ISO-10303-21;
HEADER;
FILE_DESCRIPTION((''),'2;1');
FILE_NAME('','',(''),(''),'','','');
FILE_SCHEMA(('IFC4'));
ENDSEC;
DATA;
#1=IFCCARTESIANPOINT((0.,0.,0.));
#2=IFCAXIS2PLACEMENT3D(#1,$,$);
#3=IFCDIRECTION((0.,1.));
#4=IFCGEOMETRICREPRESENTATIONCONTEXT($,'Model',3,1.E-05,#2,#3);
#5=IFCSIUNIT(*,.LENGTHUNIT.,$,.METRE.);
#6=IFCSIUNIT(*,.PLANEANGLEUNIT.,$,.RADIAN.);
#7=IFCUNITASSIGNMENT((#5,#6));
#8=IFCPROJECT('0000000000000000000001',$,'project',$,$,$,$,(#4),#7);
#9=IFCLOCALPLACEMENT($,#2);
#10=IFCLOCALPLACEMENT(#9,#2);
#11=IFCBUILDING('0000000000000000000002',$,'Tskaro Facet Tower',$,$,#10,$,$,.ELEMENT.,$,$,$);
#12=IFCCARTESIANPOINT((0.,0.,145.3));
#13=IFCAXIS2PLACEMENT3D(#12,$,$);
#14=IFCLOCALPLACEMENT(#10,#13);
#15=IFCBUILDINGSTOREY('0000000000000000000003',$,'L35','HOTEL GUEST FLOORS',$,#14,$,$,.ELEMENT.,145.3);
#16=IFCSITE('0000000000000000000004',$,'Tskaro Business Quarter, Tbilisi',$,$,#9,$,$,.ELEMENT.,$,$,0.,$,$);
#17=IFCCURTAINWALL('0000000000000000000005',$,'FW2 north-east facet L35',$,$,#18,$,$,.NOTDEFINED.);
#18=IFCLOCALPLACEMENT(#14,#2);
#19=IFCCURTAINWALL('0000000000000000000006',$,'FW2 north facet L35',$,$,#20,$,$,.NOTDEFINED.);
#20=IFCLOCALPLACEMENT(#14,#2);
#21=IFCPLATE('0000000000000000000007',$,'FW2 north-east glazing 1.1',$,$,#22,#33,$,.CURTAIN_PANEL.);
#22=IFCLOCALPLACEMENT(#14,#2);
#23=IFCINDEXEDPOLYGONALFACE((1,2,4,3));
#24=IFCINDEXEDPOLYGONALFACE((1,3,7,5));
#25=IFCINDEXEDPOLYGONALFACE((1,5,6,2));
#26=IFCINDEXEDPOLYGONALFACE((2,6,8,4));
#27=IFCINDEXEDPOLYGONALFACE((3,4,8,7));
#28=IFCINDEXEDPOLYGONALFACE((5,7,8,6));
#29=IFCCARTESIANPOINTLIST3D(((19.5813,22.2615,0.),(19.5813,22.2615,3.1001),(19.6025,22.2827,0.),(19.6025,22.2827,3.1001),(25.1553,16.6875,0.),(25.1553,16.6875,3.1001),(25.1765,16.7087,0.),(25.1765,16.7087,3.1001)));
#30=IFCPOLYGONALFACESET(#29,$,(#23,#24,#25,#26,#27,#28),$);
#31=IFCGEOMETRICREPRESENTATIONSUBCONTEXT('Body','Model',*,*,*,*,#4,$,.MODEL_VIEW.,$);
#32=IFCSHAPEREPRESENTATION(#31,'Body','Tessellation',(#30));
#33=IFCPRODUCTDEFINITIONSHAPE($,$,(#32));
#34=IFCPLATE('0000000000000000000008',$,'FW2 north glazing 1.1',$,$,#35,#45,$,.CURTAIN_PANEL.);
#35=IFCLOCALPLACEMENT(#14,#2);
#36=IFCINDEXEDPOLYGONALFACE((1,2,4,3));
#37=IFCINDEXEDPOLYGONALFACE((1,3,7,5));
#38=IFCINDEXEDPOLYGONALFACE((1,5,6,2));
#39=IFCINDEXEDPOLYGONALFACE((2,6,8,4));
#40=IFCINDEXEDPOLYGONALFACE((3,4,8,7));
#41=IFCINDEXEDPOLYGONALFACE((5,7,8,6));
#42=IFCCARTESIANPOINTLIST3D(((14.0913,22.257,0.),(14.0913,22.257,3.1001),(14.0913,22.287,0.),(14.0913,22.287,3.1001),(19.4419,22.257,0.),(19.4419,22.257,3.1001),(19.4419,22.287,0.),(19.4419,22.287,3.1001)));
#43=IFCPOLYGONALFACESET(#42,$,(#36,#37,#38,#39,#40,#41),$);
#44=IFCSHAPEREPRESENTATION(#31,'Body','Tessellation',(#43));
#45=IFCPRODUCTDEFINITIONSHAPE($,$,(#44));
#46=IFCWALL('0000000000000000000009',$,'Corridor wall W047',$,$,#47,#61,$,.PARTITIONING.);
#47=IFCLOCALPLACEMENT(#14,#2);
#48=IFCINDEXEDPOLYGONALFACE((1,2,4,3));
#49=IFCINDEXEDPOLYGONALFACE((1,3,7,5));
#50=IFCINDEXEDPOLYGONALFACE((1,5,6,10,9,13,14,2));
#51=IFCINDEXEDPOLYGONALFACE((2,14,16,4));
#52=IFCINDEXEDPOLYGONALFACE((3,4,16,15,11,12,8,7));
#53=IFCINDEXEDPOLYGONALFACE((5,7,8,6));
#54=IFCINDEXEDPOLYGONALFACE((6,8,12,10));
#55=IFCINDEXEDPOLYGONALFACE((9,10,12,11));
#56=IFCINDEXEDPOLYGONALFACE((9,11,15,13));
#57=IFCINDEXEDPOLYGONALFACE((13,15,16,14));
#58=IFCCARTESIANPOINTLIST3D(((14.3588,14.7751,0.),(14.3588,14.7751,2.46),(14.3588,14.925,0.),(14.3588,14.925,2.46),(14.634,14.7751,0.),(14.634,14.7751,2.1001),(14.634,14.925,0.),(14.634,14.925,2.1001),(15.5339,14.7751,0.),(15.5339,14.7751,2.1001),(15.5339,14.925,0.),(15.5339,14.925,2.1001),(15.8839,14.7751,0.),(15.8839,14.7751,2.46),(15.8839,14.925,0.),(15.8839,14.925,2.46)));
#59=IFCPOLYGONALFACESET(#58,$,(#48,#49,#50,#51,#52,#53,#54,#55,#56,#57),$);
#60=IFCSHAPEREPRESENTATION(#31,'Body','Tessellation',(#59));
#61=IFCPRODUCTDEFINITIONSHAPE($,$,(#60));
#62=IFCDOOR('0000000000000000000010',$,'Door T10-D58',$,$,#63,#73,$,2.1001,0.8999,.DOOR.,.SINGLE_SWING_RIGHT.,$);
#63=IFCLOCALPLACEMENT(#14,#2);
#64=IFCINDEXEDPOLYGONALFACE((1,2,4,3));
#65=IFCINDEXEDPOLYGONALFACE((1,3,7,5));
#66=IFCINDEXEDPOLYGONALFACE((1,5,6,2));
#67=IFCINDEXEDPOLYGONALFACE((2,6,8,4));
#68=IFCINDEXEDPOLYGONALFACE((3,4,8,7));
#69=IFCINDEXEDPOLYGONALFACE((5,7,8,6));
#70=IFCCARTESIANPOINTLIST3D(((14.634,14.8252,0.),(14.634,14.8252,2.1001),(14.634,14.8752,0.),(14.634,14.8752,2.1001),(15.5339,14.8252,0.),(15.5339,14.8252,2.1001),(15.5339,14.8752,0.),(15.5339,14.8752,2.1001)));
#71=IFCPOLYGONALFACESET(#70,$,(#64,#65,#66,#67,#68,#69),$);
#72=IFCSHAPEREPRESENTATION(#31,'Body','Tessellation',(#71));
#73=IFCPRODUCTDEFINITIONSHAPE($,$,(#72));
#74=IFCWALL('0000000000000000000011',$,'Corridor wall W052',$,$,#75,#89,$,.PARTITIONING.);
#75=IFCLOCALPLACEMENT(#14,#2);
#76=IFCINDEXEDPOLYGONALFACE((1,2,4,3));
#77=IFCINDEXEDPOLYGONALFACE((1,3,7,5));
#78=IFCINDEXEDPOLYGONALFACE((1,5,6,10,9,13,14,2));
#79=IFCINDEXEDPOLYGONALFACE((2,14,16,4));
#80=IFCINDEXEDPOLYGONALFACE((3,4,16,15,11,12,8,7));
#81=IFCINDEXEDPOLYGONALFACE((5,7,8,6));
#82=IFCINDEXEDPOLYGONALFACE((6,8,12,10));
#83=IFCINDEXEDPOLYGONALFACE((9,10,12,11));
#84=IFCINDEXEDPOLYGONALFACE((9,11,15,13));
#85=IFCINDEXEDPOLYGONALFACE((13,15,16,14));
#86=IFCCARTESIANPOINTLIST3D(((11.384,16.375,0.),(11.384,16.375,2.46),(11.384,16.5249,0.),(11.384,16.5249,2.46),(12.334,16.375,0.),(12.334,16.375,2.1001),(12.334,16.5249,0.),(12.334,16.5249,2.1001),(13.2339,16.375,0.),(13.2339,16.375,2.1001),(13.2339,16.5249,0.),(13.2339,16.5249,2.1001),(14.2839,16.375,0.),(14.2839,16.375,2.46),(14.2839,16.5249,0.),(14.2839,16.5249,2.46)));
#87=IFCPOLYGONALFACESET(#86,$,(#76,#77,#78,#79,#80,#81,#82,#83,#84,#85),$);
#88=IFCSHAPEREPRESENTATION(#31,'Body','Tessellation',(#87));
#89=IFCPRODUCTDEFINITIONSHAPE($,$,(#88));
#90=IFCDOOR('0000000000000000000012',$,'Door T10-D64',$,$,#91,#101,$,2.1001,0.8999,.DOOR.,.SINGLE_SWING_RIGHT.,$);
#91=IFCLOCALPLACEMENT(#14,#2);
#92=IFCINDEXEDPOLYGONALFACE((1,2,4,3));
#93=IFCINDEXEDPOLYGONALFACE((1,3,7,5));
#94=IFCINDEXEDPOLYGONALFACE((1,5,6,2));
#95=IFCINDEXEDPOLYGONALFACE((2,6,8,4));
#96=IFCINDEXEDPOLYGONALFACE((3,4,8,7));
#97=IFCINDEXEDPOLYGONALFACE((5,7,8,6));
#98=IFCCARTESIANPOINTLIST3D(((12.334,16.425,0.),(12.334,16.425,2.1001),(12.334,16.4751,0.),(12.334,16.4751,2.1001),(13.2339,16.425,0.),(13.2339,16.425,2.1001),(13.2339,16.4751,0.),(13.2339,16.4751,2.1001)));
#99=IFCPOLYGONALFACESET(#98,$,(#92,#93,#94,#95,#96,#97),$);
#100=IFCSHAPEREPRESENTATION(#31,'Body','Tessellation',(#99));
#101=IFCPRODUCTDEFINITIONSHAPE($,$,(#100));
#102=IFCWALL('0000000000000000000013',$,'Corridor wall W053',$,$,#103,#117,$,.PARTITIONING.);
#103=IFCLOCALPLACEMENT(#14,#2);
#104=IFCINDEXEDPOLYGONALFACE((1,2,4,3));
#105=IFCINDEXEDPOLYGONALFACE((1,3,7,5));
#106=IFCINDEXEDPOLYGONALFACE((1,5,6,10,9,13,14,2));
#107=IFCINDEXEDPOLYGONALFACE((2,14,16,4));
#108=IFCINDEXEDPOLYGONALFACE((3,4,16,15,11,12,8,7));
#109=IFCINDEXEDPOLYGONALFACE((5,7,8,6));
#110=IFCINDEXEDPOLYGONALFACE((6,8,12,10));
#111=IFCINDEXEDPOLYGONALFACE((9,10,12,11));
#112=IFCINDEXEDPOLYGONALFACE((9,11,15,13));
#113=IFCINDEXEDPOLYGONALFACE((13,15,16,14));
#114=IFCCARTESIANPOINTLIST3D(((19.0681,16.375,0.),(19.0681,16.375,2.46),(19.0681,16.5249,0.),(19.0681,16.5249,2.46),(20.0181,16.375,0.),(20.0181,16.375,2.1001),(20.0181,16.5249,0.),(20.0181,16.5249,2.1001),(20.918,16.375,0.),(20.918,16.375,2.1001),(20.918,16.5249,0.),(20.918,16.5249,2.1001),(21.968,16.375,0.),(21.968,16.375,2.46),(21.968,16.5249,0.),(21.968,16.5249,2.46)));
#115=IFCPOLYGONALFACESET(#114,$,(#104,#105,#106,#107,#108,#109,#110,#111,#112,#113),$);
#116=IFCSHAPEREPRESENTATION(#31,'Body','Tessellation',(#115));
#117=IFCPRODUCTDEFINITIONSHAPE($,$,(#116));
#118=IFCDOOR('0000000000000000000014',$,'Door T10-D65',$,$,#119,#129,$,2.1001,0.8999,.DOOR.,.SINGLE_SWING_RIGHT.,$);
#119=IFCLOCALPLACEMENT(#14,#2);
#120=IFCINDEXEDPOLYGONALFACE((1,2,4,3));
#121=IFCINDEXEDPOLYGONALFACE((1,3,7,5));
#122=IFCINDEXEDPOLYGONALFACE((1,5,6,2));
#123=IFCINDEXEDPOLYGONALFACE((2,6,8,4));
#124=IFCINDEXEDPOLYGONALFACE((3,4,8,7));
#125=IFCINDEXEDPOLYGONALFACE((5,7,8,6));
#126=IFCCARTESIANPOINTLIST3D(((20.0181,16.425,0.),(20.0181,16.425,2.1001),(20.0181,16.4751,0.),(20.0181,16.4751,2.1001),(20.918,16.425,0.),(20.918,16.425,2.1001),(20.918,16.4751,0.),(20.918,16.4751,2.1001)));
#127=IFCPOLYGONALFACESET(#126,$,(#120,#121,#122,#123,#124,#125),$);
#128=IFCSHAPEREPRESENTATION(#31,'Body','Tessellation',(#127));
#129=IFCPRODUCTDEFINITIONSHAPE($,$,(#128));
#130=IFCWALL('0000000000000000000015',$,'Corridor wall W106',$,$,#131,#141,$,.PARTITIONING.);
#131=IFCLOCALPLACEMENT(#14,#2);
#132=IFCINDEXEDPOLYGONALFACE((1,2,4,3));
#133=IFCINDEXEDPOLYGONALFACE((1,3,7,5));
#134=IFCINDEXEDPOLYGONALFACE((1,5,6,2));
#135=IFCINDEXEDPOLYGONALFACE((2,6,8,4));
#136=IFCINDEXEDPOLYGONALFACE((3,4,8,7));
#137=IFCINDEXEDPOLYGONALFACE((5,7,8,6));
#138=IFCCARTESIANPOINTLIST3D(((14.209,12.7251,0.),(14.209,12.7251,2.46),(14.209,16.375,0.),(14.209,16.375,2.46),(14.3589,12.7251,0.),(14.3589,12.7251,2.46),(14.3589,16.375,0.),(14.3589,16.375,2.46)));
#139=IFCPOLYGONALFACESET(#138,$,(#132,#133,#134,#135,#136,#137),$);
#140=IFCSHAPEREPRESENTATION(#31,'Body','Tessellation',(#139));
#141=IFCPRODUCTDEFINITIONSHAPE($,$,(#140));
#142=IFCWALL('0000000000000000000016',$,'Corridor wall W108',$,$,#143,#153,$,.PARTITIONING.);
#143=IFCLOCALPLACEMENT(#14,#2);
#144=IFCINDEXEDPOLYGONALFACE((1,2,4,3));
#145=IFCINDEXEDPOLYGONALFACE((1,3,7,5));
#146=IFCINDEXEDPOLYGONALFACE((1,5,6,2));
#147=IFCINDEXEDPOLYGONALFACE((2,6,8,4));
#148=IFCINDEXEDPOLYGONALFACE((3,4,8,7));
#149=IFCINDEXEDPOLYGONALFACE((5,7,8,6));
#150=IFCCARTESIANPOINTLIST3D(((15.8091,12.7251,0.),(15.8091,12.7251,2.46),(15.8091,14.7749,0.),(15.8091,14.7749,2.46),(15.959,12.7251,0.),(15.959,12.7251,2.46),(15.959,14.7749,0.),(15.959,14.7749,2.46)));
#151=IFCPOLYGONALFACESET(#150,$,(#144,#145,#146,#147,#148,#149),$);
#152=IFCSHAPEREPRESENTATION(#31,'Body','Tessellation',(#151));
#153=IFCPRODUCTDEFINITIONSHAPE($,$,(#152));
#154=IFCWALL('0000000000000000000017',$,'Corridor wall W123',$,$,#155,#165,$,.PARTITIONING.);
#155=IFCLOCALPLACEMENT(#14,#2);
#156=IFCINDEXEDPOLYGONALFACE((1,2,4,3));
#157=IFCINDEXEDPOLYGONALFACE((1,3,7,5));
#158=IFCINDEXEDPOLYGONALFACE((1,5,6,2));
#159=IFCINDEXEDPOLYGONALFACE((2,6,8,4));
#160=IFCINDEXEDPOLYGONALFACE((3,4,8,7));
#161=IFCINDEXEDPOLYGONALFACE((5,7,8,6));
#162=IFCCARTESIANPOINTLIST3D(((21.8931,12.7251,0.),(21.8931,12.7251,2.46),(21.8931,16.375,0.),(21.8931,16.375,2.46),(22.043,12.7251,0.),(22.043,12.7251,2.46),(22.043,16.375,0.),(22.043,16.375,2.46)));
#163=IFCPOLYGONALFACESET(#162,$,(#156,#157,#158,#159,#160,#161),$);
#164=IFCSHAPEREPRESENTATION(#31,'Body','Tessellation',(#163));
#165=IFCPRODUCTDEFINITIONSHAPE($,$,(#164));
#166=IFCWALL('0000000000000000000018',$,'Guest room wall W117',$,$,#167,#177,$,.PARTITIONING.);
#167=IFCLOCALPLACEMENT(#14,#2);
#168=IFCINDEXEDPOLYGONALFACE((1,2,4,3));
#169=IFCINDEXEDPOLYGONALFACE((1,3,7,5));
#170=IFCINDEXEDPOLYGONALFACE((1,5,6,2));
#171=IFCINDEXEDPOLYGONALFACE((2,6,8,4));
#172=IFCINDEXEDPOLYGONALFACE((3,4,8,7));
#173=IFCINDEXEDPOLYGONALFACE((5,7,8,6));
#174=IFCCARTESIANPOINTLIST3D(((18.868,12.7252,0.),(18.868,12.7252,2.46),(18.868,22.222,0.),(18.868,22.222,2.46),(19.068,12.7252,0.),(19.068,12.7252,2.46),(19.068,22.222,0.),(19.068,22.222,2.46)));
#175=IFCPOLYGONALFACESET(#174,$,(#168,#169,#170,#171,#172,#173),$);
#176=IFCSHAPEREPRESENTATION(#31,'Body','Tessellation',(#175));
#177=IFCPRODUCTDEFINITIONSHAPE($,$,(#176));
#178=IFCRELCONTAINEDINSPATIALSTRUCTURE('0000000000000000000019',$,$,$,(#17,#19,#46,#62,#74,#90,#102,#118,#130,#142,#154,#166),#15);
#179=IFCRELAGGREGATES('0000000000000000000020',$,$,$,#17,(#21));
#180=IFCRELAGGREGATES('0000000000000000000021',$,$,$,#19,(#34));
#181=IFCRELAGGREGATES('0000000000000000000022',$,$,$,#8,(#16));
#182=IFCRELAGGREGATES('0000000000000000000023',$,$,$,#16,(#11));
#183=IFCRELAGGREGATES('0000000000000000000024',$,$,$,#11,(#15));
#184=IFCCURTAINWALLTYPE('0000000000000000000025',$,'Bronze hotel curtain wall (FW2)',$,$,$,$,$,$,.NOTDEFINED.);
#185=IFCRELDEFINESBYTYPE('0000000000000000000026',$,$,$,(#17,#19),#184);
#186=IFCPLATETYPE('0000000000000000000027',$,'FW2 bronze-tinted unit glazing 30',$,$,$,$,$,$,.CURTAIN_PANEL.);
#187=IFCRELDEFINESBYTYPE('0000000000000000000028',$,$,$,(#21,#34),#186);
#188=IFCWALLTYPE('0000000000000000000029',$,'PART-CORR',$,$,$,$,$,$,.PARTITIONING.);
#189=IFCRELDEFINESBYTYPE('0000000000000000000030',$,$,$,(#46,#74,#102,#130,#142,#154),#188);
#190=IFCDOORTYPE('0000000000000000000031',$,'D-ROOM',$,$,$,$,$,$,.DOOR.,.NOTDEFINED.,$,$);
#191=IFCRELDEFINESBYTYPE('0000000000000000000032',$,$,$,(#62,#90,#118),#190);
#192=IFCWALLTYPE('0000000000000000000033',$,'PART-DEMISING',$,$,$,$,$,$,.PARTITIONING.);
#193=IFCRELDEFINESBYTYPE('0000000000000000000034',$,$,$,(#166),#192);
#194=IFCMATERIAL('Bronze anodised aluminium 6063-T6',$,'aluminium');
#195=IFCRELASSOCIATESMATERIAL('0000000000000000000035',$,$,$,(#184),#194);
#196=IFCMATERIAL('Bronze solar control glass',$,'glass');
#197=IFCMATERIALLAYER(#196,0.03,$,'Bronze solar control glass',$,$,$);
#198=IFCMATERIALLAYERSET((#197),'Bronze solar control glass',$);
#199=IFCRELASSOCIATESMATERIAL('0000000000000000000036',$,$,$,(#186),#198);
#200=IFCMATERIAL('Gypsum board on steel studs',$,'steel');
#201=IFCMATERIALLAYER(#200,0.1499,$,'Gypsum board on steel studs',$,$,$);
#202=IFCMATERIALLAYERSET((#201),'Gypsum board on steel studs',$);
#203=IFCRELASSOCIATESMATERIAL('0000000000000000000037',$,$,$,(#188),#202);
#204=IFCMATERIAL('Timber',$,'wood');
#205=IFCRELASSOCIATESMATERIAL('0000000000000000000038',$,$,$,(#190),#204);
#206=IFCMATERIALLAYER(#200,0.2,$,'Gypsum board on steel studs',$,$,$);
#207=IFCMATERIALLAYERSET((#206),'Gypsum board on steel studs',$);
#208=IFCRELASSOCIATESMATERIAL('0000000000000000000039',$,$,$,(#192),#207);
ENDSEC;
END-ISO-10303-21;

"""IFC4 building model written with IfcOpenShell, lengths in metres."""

from ifc_helpers import new_model, si_unit, direction, frame, frame_2d, origin, origin_2d, place, context, subcontext, project, spatial, rectangle, extrude, material, layer, layer_set, type_object, element, fill, aggregate, save


model = new_model("IFC4")

# Units and contexts
model_context = context("Model", 3, precision=1e-05, world=origin(), true_north=direction((0.0, 1.0)))
body_context = subcontext(model_context, "Body", "Model", "MODEL_VIEW")
ifc_project = project(units=[si_unit("LENGTHUNIT", "METRE"), si_unit("PLANEANGLEUNIT", "RADIAN")], contexts=[model_context])

# Site, building, storey
site_placement = place(None, origin())
site = spatial("IfcSite", under=ifc_project, at=site_placement, Name="Tskaro Business Quarter, Tbilisi", CompositionType="ELEMENT", RefElevation=0.0)
building_placement = place(site_placement, origin())
building = spatial("IfcBuilding", under=site, at=building_placement, Name="Tskaro Facet Tower", CompositionType="ELEMENT")
storey_placement = place(building_placement, frame((0.0, 0.0, 145.3)))
storey = spatial("IfcBuildingStorey", under=building, at=storey_placement, Name="L35", Description="HOTEL GUEST FLOORS", CompositionType="ELEMENT", Elevation=145.3)

# Curtain walls
ifc_material_1 = material(Name="Bronze anodised aluminium 6063-T6", Category="aluminium")
curtain_wall_type = type_object("IfcCurtainWallType", Name="Bronze hotel curtain wall (FW2)", PredefinedType="NOTDEFINED", material=ifc_material_1)
curtain_wall_1_placement = place(storey_placement, origin())
curtain_wall_1 = element("IfcCurtainWall", 1, at=curtain_wall_1_placement, inside=storey, type_object=curtain_wall_type, Name="FW2 north-east facet L35", PredefinedType="NOTDEFINED")
curtain_wall_2_placement = place(storey_placement, origin())
curtain_wall_2 = element("IfcCurtainWall", 2, at=curtain_wall_2_placement, inside=storey, type_object=curtain_wall_type, Name="FW2 north facet L35", PredefinedType="NOTDEFINED")

# Shared definitions
ifc_material_2 = material(Name="Bronze solar control glass", Category="glass")
ifc_layer_1 = layer(ifc_material_2, 0.03, Name="Bronze solar control glass")
ifc_layer_set_1 = layer_set([ifc_layer_1], Name="Bronze solar control glass")
plate_type = type_object("IfcPlateType", Name="FW2 bronze-tinted unit glazing 30", PredefinedType="CURTAIN_PANEL", material=ifc_layer_set_1)

# Plates
plate_1_placement = place(storey_placement, frame((22.3789, 19.4851, 0.0), z_axis=(0.0, 0.0, 1.0), x_axis=(-0.707107, 0.707107, 0.0)))
plate_1 = element("IfcPlate", 3, at=plate_1_placement, type_object=plate_type, Name="FW2 north-east glazing 1.1", PredefinedType="CURTAIN_PANEL", context=body_context, shape_type="SweptSolid", body=[
    extrude(rectangle(XDim=7.8828, YDim=0.03, at=origin_2d()), origin(), (0.0, 0.0, 1.0), 3.1001),
])
aggregate(curtain_wall_1, [plate_1])
plate_2_placement = place(storey_placement, frame((16.7666, 22.272, 0.0), z_axis=(0.0, 0.0, 1.0), x_axis=(-1.0, 0.0, 0.0)))
plate_2 = element("IfcPlate", 4, at=plate_2_placement, type_object=plate_type, Name="FW2 north glazing 1.1", PredefinedType="CURTAIN_PANEL", context=body_context, shape_type="SweptSolid", body=[
    extrude(rectangle(XDim=5.3506, YDim=0.03, at=origin_2d()), origin(), (0.0, 0.0, 1.0), 3.1001),
])
aggregate(curtain_wall_2, [plate_2])

# Walls, openings, doors
ifc_material_3 = material(Name="Gypsum board on steel studs", Category="steel")
ifc_layer_2 = layer(ifc_material_3, 0.1499, Name="Gypsum board on steel studs")
ifc_layer_set_2 = layer_set([ifc_layer_2], Name="Gypsum board on steel studs")
wall_type_1 = type_object("IfcWallType", Name="PART-CORR", PredefinedType="PARTITIONING", material=ifc_layer_set_2)
wall_1_placement = place(storey_placement, frame((15.884, 14.8501, 0.0), z_axis=(0.0, 0.0, 1.0), x_axis=(-1.0, 0.0, 0.0)))
wall_1 = element("IfcWall", 5, at=wall_1_placement, inside=storey, type_object=wall_type_1, Name="Corridor wall W047", PredefinedType="PARTITIONING", context=body_context, shape_type="SweptSolid", body=[
    extrude(rectangle(XDim=1.5251, YDim=0.1499, at=frame_2d((0.7627, 0.0))), origin(), (0.0, 0.0, 1.0), 2.46),
])
opening_1_placement = place(wall_1_placement, frame((0.3501, 0.0, 0.0)))
opening_1 = element("IfcOpeningElement", 6, at=opening_1_placement, cuts=wall_1, PredefinedType="OPENING", context=body_context, shape_type="SweptSolid", body=[
    extrude(rectangle(XDim=0.8999, YDim=2.1001, at=frame_2d((0.45, 1.05))), frame((0.0, 0.085, 0.0), z_axis=(0.0, -1.0, 0.0), x_axis=(1.0, 0.0, 0.0)), (0.0, 0.0, 1.0), 0.1699),
])
ifc_material_4 = material(Name="Timber", Category="wood")
door_type = type_object("IfcDoorType", Name="D-ROOM", OperationType="NOTDEFINED", PredefinedType="DOOR", material=ifc_material_4)
door_1_placement = place(opening_1_placement, origin())
door_1 = element("IfcDoor", 7, at=door_1_placement, inside=storey, type_object=door_type, Name="Door T10-D58", OperationType="SINGLE_SWING_RIGHT", OverallHeight=2.1001, OverallWidth=0.8999, PredefinedType="DOOR", context=body_context, shape_type="SweptSolid", body=[
    extrude(rectangle(XDim=0.8999, YDim=2.1001, at=frame_2d((0.45, 1.05))), frame((0.0, 0.0249, 0.0), z_axis=(0.0, -1.0, 0.0), x_axis=(1.0, 0.0, 0.0)), (0.0, 0.0, 1.0), 0.05),
])
fill(opening_1, door_1)
wall_2_placement = place(storey_placement, frame((14.2839, 16.45, 0.0), z_axis=(0.0, 0.0, 1.0), x_axis=(-1.0, 0.0, 0.0)))
wall_2 = element("IfcWall", 8, at=wall_2_placement, inside=storey, type_object=wall_type_1, Name="Corridor wall W052", PredefinedType="PARTITIONING", context=body_context, shape_type="SweptSolid", body=[
    extrude(rectangle(XDim=2.8999, YDim=0.1499, at=frame_2d((1.45, 0.0))), origin(), (0.0, 0.0, 1.0), 2.46),
])
opening_2_placement = place(wall_2_placement, frame((1.05, 0.0, 0.0)))
opening_2 = element("IfcOpeningElement", 9, at=opening_2_placement, cuts=wall_2, PredefinedType="OPENING", context=body_context, shape_type="SweptSolid", body=[
    extrude(rectangle(XDim=0.8999, YDim=2.1001, at=frame_2d((0.45, 1.05))), frame((0.0, 0.085, 0.0), z_axis=(0.0, -1.0, 0.0), x_axis=(1.0, 0.0, 0.0)), (0.0, 0.0, 1.0), 0.1699),
])
door_2_placement = place(opening_2_placement, origin())
door_2 = element("IfcDoor", 10, at=door_2_placement, inside=storey, type_object=door_type, Name="Door T10-D64", OperationType="SINGLE_SWING_RIGHT", OverallHeight=2.1001, OverallWidth=0.8999, PredefinedType="DOOR", context=body_context, shape_type="SweptSolid", body=[
    extrude(rectangle(XDim=0.8999, YDim=2.1001, at=frame_2d((0.45, 1.05))), frame((0.0, 0.0249, 0.0), z_axis=(0.0, -1.0, 0.0), x_axis=(1.0, 0.0, 0.0)), (0.0, 0.0, 1.0), 0.05),
])
fill(opening_2, door_2)
wall_3_placement = place(storey_placement, frame((21.968, 16.45, 0.0), z_axis=(0.0, 0.0, 1.0), x_axis=(-1.0, 0.0, 0.0)))
wall_3 = element("IfcWall", 11, at=wall_3_placement, inside=storey, type_object=wall_type_1, Name="Corridor wall W053", PredefinedType="PARTITIONING", context=body_context, shape_type="SweptSolid", body=[
    extrude(rectangle(XDim=2.8999, YDim=0.1499, at=frame_2d((1.45, 0.0))), origin(), (0.0, 0.0, 1.0), 2.46),
])
opening_3_placement = place(wall_3_placement, frame((1.05, 0.0, 0.0)))
opening_3 = element("IfcOpeningElement", 12, at=opening_3_placement, cuts=wall_3, PredefinedType="OPENING", context=body_context, shape_type="SweptSolid", body=[
    extrude(rectangle(XDim=0.8999, YDim=2.1001, at=frame_2d((0.45, 1.05))), frame((0.0, 0.085, 0.0), z_axis=(0.0, -1.0, 0.0), x_axis=(1.0, 0.0, 0.0)), (0.0, 0.0, 1.0), 0.1699),
])
door_3_placement = place(opening_3_placement, origin())
door_3 = element("IfcDoor", 13, at=door_3_placement, inside=storey, type_object=door_type, Name="Door T10-D65", OperationType="SINGLE_SWING_RIGHT", OverallHeight=2.1001, OverallWidth=0.8999, PredefinedType="DOOR", context=body_context, shape_type="SweptSolid", body=[
    extrude(rectangle(XDim=0.8999, YDim=2.1001, at=frame_2d((0.45, 1.05))), frame((0.0, 0.0249, 0.0), z_axis=(0.0, -1.0, 0.0), x_axis=(1.0, 0.0, 0.0)), (0.0, 0.0, 1.0), 0.05),
])
fill(opening_3, door_3)

# Walls
wall_4_placement = place(storey_placement, frame((14.2839, 12.7251, 0.0), z_axis=(0.0, 0.0, 1.0), x_axis=(0.0, 1.0, 0.0)))
element("IfcWall", 14, at=wall_4_placement, inside=storey, type_object=wall_type_1, Name="Corridor wall W106", PredefinedType="PARTITIONING", context=body_context, shape_type="SweptSolid", body=[
    extrude(rectangle(XDim=3.6499, YDim=0.1499, at=frame_2d((1.825, 0.0))), origin(), (0.0, 0.0, 1.0), 2.46),
])
wall_5_placement = place(storey_placement, frame((15.884, 12.7251, 0.0), z_axis=(0.0, 0.0, 1.0), x_axis=(0.0, 1.0, 0.0)))
element("IfcWall", 15, at=wall_5_placement, inside=storey, type_object=wall_type_1, Name="Corridor wall W108", PredefinedType="PARTITIONING", context=body_context, shape_type="SweptSolid", body=[
    extrude(rectangle(XDim=2.0498, YDim=0.1499, at=frame_2d((1.0249, 0.0))), origin(), (0.0, 0.0, 1.0), 2.46),
])
wall_6_placement = place(storey_placement, frame((21.968, 12.7251, 0.0), z_axis=(0.0, 0.0, 1.0), x_axis=(0.0, 1.0, 0.0)))
element("IfcWall", 16, at=wall_6_placement, inside=storey, type_object=wall_type_1, Name="Corridor wall W123", PredefinedType="PARTITIONING", context=body_context, shape_type="SweptSolid", body=[
    extrude(rectangle(XDim=3.6499, YDim=0.1499, at=frame_2d((1.825, 0.0))), origin(), (0.0, 0.0, 1.0), 2.46),
])
ifc_layer_3 = layer(ifc_material_3, 0.2, Name="Gypsum board on steel studs")
ifc_layer_set_3 = layer_set([ifc_layer_3], Name="Gypsum board on steel studs")
wall_type_2 = type_object("IfcWallType", Name="PART-DEMISING", PredefinedType="PARTITIONING", material=ifc_layer_set_3)
wall_7_placement = place(storey_placement, frame((18.968, 12.7251, 0.0), z_axis=(0.0, 0.0, 1.0), x_axis=(0.0, 1.0, 0.0)))
element("IfcWall", 17, at=wall_7_placement, inside=storey, type_object=wall_type_2, Name="Guest room wall W117", PredefinedType="PARTITIONING", context=body_context, shape_type="SweptSolid", body=[
    extrude(rectangle(XDim=9.4968, YDim=0.2, at=frame_2d((4.7485, 0.0))), origin(), (0.0, 0.0, 1.0), 2.46),
])

save(model, "model.ifc")
